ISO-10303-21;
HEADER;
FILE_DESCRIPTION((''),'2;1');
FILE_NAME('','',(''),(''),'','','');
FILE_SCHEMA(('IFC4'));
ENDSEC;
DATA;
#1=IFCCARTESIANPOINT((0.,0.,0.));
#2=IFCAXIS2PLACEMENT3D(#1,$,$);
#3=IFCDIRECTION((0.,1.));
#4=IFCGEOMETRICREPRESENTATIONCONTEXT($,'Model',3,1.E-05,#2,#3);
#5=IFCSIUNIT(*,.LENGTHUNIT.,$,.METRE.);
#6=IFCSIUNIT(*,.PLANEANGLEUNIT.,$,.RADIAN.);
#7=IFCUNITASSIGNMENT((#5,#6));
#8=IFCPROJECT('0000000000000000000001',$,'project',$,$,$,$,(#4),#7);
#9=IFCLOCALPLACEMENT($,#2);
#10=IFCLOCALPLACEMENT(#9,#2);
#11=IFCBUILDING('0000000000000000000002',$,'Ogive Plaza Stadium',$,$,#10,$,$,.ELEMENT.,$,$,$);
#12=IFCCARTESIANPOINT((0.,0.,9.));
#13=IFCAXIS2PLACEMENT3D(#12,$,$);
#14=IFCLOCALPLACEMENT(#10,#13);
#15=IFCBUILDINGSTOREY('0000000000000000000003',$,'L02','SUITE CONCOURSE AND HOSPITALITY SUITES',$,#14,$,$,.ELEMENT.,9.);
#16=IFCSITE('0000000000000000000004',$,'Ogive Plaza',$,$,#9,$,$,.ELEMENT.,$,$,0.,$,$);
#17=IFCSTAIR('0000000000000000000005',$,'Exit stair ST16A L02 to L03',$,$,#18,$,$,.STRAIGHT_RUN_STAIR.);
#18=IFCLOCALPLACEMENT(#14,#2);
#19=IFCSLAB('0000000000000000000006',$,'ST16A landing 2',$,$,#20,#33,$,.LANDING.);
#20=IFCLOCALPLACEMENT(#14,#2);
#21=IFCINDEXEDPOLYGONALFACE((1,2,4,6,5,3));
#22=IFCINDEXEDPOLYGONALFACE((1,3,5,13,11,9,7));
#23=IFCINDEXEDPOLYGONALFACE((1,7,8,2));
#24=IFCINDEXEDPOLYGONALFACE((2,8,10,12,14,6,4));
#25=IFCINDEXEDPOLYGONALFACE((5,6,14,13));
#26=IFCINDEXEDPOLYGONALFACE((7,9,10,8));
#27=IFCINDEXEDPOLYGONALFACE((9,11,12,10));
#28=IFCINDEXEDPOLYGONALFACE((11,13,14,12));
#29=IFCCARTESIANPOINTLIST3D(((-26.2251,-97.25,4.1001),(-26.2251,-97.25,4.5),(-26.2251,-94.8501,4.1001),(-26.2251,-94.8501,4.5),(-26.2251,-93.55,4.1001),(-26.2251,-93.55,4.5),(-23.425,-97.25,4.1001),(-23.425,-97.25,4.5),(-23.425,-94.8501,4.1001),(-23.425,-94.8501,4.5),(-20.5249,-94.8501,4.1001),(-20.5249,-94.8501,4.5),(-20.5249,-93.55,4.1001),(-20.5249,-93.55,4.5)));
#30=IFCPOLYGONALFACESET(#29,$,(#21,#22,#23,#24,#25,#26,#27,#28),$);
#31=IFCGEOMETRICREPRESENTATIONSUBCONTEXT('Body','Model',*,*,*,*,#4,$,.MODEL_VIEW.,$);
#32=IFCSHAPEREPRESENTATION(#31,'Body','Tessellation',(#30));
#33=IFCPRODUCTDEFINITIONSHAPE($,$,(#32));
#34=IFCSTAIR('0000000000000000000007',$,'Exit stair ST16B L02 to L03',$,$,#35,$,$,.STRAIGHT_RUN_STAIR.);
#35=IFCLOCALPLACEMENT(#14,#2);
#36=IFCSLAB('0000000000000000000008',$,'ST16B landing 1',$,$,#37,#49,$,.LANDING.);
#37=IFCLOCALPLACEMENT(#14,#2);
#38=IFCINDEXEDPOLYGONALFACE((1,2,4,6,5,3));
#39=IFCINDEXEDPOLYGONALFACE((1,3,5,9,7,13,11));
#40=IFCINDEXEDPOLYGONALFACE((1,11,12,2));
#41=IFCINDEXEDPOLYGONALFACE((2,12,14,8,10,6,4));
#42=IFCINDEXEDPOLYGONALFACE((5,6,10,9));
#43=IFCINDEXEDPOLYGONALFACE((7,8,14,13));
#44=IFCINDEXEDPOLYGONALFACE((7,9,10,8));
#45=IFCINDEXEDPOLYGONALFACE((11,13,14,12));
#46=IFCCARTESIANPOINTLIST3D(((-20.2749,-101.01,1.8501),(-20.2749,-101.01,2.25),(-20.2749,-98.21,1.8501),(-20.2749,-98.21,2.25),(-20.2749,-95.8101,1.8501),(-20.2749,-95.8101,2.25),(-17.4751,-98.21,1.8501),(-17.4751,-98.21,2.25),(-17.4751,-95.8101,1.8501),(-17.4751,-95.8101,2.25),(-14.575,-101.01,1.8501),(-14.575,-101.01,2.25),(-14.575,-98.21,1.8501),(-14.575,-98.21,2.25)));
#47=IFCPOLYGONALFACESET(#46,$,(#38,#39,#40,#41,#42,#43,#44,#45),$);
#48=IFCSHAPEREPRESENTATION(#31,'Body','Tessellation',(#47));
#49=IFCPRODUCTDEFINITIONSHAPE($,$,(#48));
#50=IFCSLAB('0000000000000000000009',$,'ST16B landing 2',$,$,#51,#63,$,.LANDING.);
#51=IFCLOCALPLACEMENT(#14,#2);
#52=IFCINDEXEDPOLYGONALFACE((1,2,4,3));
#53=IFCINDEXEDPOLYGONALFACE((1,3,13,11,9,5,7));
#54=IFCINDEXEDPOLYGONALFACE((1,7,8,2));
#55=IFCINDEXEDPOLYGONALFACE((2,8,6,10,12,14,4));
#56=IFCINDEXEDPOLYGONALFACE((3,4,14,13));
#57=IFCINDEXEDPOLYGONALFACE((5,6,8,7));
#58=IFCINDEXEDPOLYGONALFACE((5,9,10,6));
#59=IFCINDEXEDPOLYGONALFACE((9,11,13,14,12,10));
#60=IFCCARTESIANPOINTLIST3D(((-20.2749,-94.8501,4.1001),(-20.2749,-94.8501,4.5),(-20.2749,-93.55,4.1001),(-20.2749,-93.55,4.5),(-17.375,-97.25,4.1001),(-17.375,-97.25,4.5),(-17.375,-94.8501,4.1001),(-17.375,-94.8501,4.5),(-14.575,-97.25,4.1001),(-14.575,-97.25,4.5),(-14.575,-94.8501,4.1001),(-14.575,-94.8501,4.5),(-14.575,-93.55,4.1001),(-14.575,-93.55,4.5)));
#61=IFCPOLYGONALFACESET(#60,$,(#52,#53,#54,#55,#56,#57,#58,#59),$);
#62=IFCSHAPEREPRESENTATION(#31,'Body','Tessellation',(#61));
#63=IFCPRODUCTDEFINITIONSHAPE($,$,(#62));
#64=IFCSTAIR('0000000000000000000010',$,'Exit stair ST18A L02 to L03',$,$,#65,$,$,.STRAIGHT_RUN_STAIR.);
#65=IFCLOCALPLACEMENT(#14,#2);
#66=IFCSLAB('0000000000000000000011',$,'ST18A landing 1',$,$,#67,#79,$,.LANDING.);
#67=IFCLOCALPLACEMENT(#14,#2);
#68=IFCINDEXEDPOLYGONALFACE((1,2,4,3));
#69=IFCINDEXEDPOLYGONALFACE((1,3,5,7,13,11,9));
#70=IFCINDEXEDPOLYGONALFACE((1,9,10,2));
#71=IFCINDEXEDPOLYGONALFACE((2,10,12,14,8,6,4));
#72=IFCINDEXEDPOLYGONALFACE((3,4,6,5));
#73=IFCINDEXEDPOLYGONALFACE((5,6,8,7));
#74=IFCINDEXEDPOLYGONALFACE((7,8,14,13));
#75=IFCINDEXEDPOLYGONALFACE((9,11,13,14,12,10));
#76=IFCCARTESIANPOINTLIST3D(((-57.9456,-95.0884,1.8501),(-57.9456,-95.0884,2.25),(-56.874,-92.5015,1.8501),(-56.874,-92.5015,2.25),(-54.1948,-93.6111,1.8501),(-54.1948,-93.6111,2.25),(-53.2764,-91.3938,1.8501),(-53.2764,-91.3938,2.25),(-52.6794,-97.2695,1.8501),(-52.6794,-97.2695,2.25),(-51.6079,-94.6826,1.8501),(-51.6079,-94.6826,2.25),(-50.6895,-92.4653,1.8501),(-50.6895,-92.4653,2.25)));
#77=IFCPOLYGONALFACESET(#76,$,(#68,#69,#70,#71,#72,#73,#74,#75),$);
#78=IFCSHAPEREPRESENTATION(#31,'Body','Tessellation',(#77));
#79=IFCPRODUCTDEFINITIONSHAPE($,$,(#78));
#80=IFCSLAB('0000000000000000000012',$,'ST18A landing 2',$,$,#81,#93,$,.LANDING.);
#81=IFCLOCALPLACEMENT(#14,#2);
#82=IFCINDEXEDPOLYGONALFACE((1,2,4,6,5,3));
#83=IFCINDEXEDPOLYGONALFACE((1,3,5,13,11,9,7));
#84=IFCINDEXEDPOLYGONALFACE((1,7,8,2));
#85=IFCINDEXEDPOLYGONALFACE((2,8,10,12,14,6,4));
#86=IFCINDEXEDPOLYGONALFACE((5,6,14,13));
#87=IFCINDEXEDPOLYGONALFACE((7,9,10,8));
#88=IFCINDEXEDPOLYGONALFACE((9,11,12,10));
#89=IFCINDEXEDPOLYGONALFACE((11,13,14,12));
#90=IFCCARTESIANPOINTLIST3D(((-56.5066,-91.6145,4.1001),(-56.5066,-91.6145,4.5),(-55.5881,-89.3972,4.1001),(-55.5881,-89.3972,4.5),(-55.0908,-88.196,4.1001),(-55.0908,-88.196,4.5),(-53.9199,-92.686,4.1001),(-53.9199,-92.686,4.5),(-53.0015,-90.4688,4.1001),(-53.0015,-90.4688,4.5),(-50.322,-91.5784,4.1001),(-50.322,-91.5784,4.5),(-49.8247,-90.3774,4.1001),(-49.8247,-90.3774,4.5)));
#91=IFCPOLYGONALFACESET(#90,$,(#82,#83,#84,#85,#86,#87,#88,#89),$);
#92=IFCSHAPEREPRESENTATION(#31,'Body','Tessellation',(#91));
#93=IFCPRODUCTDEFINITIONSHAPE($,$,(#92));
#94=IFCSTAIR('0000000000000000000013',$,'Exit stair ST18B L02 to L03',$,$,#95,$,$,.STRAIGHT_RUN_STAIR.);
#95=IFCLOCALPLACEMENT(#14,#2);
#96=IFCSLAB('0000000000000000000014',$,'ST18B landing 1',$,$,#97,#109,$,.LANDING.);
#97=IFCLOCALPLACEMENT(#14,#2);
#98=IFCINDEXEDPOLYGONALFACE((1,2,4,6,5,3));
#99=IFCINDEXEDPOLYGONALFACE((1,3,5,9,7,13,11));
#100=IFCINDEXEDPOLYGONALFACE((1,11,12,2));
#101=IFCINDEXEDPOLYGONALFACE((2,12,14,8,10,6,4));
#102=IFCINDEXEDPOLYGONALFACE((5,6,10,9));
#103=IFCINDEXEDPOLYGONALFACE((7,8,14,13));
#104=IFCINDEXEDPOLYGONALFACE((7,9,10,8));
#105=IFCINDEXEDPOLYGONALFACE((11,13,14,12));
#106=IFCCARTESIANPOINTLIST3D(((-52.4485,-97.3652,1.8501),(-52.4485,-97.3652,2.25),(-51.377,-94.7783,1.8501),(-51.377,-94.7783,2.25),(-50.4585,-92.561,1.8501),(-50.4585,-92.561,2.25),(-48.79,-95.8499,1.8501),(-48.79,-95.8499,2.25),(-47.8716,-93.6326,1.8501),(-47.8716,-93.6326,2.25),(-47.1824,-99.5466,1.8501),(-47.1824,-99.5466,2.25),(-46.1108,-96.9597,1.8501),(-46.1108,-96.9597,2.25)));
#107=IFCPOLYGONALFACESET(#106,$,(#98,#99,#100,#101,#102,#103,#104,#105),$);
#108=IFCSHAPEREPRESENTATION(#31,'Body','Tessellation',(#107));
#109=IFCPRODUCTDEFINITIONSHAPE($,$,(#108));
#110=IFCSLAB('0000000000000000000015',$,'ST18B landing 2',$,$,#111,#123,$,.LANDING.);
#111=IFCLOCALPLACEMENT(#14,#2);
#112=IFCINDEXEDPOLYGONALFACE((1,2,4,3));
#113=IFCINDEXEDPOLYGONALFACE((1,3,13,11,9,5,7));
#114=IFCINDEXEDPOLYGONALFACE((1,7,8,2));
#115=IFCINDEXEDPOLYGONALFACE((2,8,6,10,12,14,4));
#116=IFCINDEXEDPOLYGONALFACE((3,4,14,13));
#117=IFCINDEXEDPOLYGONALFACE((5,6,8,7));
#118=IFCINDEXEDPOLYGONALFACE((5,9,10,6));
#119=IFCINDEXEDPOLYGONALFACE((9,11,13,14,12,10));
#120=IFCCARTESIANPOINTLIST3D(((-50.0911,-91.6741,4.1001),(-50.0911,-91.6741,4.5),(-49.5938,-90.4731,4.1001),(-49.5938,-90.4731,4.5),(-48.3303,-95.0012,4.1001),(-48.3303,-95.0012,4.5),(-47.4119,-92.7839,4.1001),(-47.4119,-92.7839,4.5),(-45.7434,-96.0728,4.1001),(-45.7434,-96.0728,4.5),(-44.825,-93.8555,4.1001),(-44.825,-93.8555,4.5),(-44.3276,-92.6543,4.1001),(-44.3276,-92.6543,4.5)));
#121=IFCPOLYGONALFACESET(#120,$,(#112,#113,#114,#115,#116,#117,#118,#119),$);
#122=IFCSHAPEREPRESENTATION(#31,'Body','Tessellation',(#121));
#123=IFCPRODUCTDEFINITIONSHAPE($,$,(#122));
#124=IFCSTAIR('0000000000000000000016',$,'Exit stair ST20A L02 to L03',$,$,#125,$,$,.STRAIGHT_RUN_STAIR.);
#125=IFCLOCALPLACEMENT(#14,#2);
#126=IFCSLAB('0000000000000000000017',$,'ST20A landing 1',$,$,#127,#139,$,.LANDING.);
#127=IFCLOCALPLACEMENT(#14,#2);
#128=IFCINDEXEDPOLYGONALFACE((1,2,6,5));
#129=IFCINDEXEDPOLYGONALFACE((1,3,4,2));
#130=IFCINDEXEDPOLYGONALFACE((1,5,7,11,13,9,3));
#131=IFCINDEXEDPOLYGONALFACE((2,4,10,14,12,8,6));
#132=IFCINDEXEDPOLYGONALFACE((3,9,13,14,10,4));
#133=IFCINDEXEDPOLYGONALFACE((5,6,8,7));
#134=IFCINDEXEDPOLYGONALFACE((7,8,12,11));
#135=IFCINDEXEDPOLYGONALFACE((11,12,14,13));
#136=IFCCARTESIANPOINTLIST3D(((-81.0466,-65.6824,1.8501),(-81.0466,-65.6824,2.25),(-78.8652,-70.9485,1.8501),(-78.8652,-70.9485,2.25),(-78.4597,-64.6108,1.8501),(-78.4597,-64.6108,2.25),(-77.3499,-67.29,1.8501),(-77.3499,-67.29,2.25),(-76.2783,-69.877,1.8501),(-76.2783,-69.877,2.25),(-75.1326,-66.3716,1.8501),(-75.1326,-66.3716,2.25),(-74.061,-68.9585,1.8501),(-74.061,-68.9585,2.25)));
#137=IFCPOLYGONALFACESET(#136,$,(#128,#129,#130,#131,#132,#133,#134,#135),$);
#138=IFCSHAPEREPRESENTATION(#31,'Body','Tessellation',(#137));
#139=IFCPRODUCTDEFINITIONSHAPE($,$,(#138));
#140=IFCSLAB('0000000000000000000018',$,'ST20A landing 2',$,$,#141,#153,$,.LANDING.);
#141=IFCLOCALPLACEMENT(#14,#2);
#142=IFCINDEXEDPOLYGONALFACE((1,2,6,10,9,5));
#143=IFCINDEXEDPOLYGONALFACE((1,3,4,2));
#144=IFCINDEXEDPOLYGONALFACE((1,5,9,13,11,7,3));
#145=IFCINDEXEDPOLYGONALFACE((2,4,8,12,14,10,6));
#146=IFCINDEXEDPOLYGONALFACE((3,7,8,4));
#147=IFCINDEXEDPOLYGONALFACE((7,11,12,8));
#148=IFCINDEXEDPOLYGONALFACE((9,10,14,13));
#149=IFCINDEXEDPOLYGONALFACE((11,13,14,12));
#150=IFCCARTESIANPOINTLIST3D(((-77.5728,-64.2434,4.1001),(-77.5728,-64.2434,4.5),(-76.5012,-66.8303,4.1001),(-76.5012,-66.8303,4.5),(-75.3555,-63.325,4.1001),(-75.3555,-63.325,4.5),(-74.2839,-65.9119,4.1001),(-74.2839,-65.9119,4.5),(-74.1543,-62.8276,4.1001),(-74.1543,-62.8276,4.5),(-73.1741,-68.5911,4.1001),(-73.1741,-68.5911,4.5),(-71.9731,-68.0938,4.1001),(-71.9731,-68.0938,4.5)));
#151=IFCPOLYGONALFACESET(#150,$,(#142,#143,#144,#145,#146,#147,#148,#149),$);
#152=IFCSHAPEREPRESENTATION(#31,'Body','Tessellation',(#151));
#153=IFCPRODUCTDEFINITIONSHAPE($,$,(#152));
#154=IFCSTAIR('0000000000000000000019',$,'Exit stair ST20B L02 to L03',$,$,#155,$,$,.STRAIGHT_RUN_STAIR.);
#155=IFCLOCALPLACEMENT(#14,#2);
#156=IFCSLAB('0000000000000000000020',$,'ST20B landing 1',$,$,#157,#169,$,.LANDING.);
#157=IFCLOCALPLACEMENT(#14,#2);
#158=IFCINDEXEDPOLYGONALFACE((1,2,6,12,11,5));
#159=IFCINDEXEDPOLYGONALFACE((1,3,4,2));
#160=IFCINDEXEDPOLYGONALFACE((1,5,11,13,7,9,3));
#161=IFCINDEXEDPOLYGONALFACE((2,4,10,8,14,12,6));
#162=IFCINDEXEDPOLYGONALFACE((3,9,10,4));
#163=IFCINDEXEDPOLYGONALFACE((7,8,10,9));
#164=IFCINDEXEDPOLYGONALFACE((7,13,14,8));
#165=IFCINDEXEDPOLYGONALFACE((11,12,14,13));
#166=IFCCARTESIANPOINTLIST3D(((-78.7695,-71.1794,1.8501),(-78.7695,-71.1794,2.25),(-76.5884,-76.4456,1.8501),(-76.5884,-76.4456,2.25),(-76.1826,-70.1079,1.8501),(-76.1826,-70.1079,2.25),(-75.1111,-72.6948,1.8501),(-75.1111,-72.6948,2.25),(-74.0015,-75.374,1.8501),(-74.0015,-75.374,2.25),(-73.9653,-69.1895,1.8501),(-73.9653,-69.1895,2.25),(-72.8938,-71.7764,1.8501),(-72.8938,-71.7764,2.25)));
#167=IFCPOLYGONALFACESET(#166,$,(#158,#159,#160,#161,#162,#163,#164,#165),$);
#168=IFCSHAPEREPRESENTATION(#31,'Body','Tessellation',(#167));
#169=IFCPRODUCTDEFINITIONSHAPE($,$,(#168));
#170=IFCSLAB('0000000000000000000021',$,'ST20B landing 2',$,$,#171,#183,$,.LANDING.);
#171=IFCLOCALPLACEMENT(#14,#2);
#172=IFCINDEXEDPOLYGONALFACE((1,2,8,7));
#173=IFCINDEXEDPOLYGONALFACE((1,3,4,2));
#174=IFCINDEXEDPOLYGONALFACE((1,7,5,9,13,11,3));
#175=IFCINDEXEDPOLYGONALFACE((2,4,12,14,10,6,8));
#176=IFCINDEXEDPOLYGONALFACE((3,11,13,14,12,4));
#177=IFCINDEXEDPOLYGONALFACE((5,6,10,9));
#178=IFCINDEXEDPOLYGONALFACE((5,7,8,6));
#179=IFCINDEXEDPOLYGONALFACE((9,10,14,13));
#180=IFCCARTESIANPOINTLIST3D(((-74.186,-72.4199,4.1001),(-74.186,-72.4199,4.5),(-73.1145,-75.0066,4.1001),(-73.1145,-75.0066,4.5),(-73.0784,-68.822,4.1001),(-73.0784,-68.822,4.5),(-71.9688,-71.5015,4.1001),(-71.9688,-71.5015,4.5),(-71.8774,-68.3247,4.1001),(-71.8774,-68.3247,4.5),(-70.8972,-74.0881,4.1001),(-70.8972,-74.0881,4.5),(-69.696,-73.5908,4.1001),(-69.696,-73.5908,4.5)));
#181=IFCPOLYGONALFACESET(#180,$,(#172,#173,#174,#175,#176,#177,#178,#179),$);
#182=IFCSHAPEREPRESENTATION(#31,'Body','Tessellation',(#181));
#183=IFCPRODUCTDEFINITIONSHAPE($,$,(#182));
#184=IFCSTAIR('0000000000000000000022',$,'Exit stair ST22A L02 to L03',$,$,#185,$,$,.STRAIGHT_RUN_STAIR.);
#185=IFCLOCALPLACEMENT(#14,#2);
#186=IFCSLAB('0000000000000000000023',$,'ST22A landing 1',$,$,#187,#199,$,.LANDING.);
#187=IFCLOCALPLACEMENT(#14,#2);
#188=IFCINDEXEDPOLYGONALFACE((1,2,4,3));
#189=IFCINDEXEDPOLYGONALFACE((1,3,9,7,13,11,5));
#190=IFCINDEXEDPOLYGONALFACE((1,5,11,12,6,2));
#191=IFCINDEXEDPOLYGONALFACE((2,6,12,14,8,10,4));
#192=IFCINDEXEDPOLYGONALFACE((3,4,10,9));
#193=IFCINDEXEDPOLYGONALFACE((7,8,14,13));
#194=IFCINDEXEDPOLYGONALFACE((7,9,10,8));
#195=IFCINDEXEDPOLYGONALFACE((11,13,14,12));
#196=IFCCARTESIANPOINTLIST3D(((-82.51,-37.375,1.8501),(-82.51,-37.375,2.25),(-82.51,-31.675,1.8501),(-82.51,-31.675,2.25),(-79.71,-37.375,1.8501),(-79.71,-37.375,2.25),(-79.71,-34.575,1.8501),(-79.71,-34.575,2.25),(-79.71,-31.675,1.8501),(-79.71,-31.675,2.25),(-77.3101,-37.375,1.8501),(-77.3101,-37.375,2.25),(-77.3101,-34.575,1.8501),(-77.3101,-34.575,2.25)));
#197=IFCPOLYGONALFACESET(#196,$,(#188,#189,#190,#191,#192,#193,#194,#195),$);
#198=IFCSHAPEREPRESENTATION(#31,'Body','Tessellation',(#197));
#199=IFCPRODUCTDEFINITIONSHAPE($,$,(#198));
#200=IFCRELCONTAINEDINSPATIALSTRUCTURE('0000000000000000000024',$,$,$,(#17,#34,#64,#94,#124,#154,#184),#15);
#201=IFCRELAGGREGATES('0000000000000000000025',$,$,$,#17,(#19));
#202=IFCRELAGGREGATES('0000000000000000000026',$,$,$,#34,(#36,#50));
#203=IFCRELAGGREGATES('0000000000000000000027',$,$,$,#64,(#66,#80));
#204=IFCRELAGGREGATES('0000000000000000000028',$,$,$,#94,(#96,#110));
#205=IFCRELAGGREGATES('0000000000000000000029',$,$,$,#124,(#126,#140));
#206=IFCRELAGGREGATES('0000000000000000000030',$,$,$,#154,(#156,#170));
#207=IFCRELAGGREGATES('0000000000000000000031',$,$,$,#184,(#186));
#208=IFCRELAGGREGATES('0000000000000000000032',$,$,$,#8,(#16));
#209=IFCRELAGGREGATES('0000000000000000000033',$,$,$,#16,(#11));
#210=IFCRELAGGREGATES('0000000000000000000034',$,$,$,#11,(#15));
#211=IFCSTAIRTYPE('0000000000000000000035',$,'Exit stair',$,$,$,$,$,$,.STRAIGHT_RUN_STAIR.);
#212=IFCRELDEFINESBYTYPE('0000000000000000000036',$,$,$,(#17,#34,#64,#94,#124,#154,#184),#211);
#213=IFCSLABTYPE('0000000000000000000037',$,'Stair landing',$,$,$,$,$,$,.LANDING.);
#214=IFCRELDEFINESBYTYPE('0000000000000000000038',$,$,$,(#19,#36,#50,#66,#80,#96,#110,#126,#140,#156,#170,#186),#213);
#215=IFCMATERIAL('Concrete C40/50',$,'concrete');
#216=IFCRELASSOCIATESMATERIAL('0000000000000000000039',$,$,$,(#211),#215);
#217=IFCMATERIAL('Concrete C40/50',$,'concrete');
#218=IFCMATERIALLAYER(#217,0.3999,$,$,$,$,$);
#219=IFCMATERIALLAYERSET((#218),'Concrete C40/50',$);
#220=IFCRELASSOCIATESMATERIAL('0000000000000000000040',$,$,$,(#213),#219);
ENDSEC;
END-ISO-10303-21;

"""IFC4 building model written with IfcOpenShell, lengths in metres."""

from ifc_helpers import new_model, si_unit, direction, frame, origin, place, context, subcontext, project, spatial, polyline, outline, extrude, material, layer, layer_set, type_object, element, aggregate, save


model = new_model("IFC4")

# Units and contexts
model_context = context("Model", 3, precision=1e-05, world=origin(), true_north=direction((0.0, 1.0)))
body_context = subcontext(model_context, "Body", "Model", "MODEL_VIEW")
ifc_project = project(units=[si_unit("LENGTHUNIT", "METRE"), si_unit("PLANEANGLEUNIT", "RADIAN")], contexts=[model_context])

# Site, building, storey
site_placement = place(None, origin())
site = spatial("IfcSite", under=ifc_project, at=site_placement, Name="Ogive Plaza", CompositionType="ELEMENT", RefElevation=0.0)
building_placement = place(site_placement, origin())
building = spatial("IfcBuilding", under=site, at=building_placement, Name="Ogive Plaza Stadium", CompositionType="ELEMENT")
storey_placement = place(building_placement, frame((0.0, 0.0, 9.0)))
storey = spatial("IfcBuildingStorey", under=building, at=storey_placement, Name="L02", Description="SUITE CONCOURSE AND HOSPITALITY SUITES", CompositionType="ELEMENT", Elevation=9.0)

# Shared definitions
ifc_material_1 = material(Name="Concrete C40/50", Category="concrete")
stair_type = type_object("IfcStairType", Name="Exit stair", PredefinedType="STRAIGHT_RUN_STAIR", material=ifc_material_1)
ifc_material_2 = material(Name="Concrete C40/50", Category="concrete")
ifc_layer = layer(ifc_material_2, 0.3999)
ifc_layer_set = layer_set([ifc_layer], Name="Concrete C40/50")
slab_type = type_object("IfcSlabType", Name="Stair landing", PredefinedType="LANDING", material=ifc_layer_set)

# Stairs, slabs
stair_1_placement = place(storey_placement, origin())
stair_1 = element("IfcStair", 1, at=stair_1_placement, inside=storey, type_object=stair_type, Name="Exit stair ST16A L02 to L03", PredefinedType="STRAIGHT_RUN_STAIR")
slab_1_placement = place(storey_placement, frame((0.0, 0.0, 4.1001)))
slab_1 = element("IfcSlab", 2, at=slab_1_placement, type_object=slab_type, Name="ST16A landing 2", PredefinedType="LANDING", context=body_context, shape_type="SweptSolid", body=[
    extrude(outline(polyline([(-23.425, -97.25), (-26.2251, -97.25), (-26.2251, -94.8501), (-26.2251, -93.55), (-20.5249, -93.55), (-20.5249, -94.8501), (-23.425, -94.8501), (-23.425, -97.25)])), origin(), (0.0, 0.0, 1.0), 0.3999),
])
aggregate(stair_1, [slab_1])
stair_2_placement = place(storey_placement, origin())
stair_2 = element("IfcStair", 3, at=stair_2_placement, inside=storey, type_object=stair_type, Name="Exit stair ST16B L02 to L03", PredefinedType="STRAIGHT_RUN_STAIR")
slab_2_placement = place(storey_placement, frame((0.0, 0.0, 1.8501)))
slab_2 = element("IfcSlab", 4, at=slab_2_placement, type_object=slab_type, Name="ST16B landing 1", PredefinedType="LANDING", context=body_context, shape_type="SweptSolid", body=[
    extrude(outline(polyline([(-20.2749, -95.8101), (-17.4751, -95.8101), (-17.4751, -98.21), (-14.575, -98.21), (-14.575, -101.01), (-20.2749, -101.01), (-20.2749, -98.21), (-20.2749, -95.8101)])), origin(), (0.0, 0.0, 1.0), 0.3999),
])
slab_3_placement = place(storey_placement, frame((0.0, 0.0, 4.1001)))
slab_3 = element("IfcSlab", 5, at=slab_3_placement, type_object=slab_type, Name="ST16B landing 2", PredefinedType="LANDING", context=body_context, shape_type="SweptSolid", body=[
    extrude(outline(polyline([(-20.2749, -94.8501), (-20.2749, -93.55), (-14.575, -93.55), (-14.575, -94.8501), (-14.575, -97.25), (-17.375, -97.25), (-17.375, -94.8501), (-20.2749, -94.8501)])), origin(), (0.0, 0.0, 1.0), 0.3999),
])
aggregate(stair_2, [slab_2, slab_3])
stair_3_placement = place(storey_placement, origin())
stair_3 = element("IfcStair", 6, at=stair_3_placement, inside=storey, type_object=stair_type, Name="Exit stair ST18A L02 to L03", PredefinedType="STRAIGHT_RUN_STAIR")
slab_4_placement = place(storey_placement, frame((0.0, 0.0, 1.8501)))
slab_4 = element("IfcSlab", 7, at=slab_4_placement, type_object=slab_type, Name="ST18A landing 1", PredefinedType="LANDING", context=body_context, shape_type="SweptSolid", body=[
    extrude(outline(polyline([(-52.6794, -97.2695), (-57.9456, -95.0884), (-56.874, -92.5015), (-54.1948, -93.6111), (-53.2764, -91.3938), (-50.6895, -92.4653), (-51.6079, -94.6826), (-52.6794, -97.2695)])), origin(), (0.0, 0.0, 1.0), 0.3999),
])
slab_5_placement = place(storey_placement, frame((0.0, 0.0, 4.1001)))
slab_5 = element("IfcSlab", 8, at=slab_5_placement, type_object=slab_type, Name="ST18A landing 2", PredefinedType="LANDING", context=body_context, shape_type="SweptSolid", body=[
    extrude(outline(polyline([(-53.9199, -92.686), (-56.5066, -91.6145), (-55.5881, -89.3972), (-55.0908, -88.196), (-49.8247, -90.3774), (-50.322, -91.5784), (-53.0015, -90.4688), (-53.9199, -92.686)])), origin(), (0.0, 0.0, 1.0), 0.3999),
])
aggregate(stair_3, [slab_4, slab_5])
stair_4_placement = place(storey_placement, origin())
stair_4 = element("IfcStair", 9, at=stair_4_placement, inside=storey, type_object=stair_type, Name="Exit stair ST18B L02 to L03", PredefinedType="STRAIGHT_RUN_STAIR")
slab_6_placement = place(storey_placement, frame((0.0, 0.0, 1.8501)))
slab_6 = element("IfcSlab", 10, at=slab_6_placement, type_object=slab_type, Name="ST18B landing 1", PredefinedType="LANDING", context=body_context, shape_type="SweptSolid", body=[
    extrude(outline(polyline([(-50.4585, -92.561), (-47.8716, -93.6326), (-48.79, -95.8499), (-46.1108, -96.9597), (-47.1824, -99.5466), (-52.4485, -97.3652), (-51.377, -94.7783), (-50.4585, -92.561)])), origin(), (0.0, 0.0, 1.0), 0.3999),
])
slab_7_placement = place(storey_placement, frame((0.0, 0.0, 4.1001)))
slab_7 = element("IfcSlab", 11, at=slab_7_placement, type_object=slab_type, Name="ST18B landing 2", PredefinedType="LANDING", context=body_context, shape_type="SweptSolid", body=[
    extrude(outline(polyline([(-50.0911, -91.6741), (-49.5938, -90.4731), (-44.3276, -92.6543), (-44.825, -93.8555), (-45.7434, -96.0728), (-48.3303, -95.0012), (-47.4119, -92.7839), (-50.0911, -91.6741)])), origin(), (0.0, 0.0, 1.0), 0.3999),
])
aggregate(stair_4, [slab_6, slab_7])
stair_5_placement = place(storey_placement, origin())
stair_5 = element("IfcStair", 12, at=stair_5_placement, inside=storey, type_object=stair_type, Name="Exit stair ST20A L02 to L03", PredefinedType="STRAIGHT_RUN_STAIR")
slab_8_placement = place(storey_placement, frame((0.0, 0.0, 1.8501)))
slab_8 = element("IfcSlab", 13, at=slab_8_placement, type_object=slab_type, Name="ST20A landing 1", PredefinedType="LANDING", context=body_context, shape_type="SweptSolid", body=[
    extrude(outline(polyline([(-78.8652, -70.9485), (-81.0466, -65.6824), (-78.4597, -64.6108), (-77.3499, -67.29), (-75.1326, -66.3716), (-74.061, -68.9585), (-76.2783, -69.877), (-78.8652, -70.9485)])), origin(), (0.0, 0.0, 1.0), 0.3999),
])
slab_9_placement = place(storey_placement, frame((0.0, 0.0, 4.1001)))
slab_9 = element("IfcSlab", 14, at=slab_9_placement, type_object=slab_type, Name="ST20A landing 2", PredefinedType="LANDING", context=body_context, shape_type="SweptSolid", body=[
    extrude(outline(polyline([(-76.5012, -66.8303), (-77.5728, -64.2434), (-75.3555, -63.325), (-74.1543, -62.8276), (-71.9731, -68.0938), (-73.1741, -68.5911), (-74.2839, -65.9119), (-76.5012, -66.8303)])), origin(), (0.0, 0.0, 1.0), 0.3999),
])
aggregate(stair_5, [slab_8, slab_9])
stair_6_placement = place(storey_placement, origin())
stair_6 = element("IfcStair", 15, at=stair_6_placement, inside=storey, type_object=stair_type, Name="Exit stair ST20B L02 to L03", PredefinedType="STRAIGHT_RUN_STAIR")
slab_10_placement = place(storey_placement, frame((0.0, 0.0, 1.8501)))
slab_10 = element("IfcSlab", 16, at=slab_10_placement, type_object=slab_type, Name="ST20B landing 1", PredefinedType="LANDING", context=body_context, shape_type="SweptSolid", body=[
    extrude(outline(polyline([(-73.9653, -69.1895), (-72.8938, -71.7764), (-75.1111, -72.6948), (-74.0015, -75.374), (-76.5884, -76.4456), (-78.7695, -71.1794), (-76.1826, -70.1079), (-73.9653, -69.1895)])), origin(), (0.0, 0.0, 1.0), 0.3999),
])
slab_11_placement = place(storey_placement, frame((0.0, 0.0, 4.1001)))
slab_11 = element("IfcSlab", 17, at=slab_11_placement, type_object=slab_type, Name="ST20B landing 2", PredefinedType="LANDING", context=body_context, shape_type="SweptSolid", body=[
    extrude(outline(polyline([(-73.0784, -68.822), (-71.8774, -68.3247), (-69.696, -73.5908), (-70.8972, -74.0881), (-73.1145, -75.0066), (-74.186, -72.4199), (-71.9688, -71.5015), (-73.0784, -68.822)])), origin(), (0.0, 0.0, 1.0), 0.3999),
])
aggregate(stair_6, [slab_10, slab_11])
stair_7_placement = place(storey_placement, origin())
stair_7 = element("IfcStair", 18, at=stair_7_placement, inside=storey, type_object=stair_type, Name="Exit stair ST22A L02 to L03", PredefinedType="STRAIGHT_RUN_STAIR")
slab_12_placement = place(storey_placement, frame((0.0, 0.0, 1.8501)))
slab_12 = element("IfcSlab", 19, at=slab_12_placement, type_object=slab_type, Name="ST22A landing 1", PredefinedType="LANDING", context=body_context, shape_type="SweptSolid", body=[
    extrude(outline(polyline([(-82.51, -37.375), (-82.51, -31.675), (-79.71, -31.675), (-79.71, -34.575), (-77.3101, -34.575), (-77.3101, -37.375), (-79.71, -37.375), (-82.51, -37.375)])), origin(), (0.0, 0.0, 1.0), 0.3999),
])
aggregate(stair_7, [slab_12])

save(model, "model.ifc")
